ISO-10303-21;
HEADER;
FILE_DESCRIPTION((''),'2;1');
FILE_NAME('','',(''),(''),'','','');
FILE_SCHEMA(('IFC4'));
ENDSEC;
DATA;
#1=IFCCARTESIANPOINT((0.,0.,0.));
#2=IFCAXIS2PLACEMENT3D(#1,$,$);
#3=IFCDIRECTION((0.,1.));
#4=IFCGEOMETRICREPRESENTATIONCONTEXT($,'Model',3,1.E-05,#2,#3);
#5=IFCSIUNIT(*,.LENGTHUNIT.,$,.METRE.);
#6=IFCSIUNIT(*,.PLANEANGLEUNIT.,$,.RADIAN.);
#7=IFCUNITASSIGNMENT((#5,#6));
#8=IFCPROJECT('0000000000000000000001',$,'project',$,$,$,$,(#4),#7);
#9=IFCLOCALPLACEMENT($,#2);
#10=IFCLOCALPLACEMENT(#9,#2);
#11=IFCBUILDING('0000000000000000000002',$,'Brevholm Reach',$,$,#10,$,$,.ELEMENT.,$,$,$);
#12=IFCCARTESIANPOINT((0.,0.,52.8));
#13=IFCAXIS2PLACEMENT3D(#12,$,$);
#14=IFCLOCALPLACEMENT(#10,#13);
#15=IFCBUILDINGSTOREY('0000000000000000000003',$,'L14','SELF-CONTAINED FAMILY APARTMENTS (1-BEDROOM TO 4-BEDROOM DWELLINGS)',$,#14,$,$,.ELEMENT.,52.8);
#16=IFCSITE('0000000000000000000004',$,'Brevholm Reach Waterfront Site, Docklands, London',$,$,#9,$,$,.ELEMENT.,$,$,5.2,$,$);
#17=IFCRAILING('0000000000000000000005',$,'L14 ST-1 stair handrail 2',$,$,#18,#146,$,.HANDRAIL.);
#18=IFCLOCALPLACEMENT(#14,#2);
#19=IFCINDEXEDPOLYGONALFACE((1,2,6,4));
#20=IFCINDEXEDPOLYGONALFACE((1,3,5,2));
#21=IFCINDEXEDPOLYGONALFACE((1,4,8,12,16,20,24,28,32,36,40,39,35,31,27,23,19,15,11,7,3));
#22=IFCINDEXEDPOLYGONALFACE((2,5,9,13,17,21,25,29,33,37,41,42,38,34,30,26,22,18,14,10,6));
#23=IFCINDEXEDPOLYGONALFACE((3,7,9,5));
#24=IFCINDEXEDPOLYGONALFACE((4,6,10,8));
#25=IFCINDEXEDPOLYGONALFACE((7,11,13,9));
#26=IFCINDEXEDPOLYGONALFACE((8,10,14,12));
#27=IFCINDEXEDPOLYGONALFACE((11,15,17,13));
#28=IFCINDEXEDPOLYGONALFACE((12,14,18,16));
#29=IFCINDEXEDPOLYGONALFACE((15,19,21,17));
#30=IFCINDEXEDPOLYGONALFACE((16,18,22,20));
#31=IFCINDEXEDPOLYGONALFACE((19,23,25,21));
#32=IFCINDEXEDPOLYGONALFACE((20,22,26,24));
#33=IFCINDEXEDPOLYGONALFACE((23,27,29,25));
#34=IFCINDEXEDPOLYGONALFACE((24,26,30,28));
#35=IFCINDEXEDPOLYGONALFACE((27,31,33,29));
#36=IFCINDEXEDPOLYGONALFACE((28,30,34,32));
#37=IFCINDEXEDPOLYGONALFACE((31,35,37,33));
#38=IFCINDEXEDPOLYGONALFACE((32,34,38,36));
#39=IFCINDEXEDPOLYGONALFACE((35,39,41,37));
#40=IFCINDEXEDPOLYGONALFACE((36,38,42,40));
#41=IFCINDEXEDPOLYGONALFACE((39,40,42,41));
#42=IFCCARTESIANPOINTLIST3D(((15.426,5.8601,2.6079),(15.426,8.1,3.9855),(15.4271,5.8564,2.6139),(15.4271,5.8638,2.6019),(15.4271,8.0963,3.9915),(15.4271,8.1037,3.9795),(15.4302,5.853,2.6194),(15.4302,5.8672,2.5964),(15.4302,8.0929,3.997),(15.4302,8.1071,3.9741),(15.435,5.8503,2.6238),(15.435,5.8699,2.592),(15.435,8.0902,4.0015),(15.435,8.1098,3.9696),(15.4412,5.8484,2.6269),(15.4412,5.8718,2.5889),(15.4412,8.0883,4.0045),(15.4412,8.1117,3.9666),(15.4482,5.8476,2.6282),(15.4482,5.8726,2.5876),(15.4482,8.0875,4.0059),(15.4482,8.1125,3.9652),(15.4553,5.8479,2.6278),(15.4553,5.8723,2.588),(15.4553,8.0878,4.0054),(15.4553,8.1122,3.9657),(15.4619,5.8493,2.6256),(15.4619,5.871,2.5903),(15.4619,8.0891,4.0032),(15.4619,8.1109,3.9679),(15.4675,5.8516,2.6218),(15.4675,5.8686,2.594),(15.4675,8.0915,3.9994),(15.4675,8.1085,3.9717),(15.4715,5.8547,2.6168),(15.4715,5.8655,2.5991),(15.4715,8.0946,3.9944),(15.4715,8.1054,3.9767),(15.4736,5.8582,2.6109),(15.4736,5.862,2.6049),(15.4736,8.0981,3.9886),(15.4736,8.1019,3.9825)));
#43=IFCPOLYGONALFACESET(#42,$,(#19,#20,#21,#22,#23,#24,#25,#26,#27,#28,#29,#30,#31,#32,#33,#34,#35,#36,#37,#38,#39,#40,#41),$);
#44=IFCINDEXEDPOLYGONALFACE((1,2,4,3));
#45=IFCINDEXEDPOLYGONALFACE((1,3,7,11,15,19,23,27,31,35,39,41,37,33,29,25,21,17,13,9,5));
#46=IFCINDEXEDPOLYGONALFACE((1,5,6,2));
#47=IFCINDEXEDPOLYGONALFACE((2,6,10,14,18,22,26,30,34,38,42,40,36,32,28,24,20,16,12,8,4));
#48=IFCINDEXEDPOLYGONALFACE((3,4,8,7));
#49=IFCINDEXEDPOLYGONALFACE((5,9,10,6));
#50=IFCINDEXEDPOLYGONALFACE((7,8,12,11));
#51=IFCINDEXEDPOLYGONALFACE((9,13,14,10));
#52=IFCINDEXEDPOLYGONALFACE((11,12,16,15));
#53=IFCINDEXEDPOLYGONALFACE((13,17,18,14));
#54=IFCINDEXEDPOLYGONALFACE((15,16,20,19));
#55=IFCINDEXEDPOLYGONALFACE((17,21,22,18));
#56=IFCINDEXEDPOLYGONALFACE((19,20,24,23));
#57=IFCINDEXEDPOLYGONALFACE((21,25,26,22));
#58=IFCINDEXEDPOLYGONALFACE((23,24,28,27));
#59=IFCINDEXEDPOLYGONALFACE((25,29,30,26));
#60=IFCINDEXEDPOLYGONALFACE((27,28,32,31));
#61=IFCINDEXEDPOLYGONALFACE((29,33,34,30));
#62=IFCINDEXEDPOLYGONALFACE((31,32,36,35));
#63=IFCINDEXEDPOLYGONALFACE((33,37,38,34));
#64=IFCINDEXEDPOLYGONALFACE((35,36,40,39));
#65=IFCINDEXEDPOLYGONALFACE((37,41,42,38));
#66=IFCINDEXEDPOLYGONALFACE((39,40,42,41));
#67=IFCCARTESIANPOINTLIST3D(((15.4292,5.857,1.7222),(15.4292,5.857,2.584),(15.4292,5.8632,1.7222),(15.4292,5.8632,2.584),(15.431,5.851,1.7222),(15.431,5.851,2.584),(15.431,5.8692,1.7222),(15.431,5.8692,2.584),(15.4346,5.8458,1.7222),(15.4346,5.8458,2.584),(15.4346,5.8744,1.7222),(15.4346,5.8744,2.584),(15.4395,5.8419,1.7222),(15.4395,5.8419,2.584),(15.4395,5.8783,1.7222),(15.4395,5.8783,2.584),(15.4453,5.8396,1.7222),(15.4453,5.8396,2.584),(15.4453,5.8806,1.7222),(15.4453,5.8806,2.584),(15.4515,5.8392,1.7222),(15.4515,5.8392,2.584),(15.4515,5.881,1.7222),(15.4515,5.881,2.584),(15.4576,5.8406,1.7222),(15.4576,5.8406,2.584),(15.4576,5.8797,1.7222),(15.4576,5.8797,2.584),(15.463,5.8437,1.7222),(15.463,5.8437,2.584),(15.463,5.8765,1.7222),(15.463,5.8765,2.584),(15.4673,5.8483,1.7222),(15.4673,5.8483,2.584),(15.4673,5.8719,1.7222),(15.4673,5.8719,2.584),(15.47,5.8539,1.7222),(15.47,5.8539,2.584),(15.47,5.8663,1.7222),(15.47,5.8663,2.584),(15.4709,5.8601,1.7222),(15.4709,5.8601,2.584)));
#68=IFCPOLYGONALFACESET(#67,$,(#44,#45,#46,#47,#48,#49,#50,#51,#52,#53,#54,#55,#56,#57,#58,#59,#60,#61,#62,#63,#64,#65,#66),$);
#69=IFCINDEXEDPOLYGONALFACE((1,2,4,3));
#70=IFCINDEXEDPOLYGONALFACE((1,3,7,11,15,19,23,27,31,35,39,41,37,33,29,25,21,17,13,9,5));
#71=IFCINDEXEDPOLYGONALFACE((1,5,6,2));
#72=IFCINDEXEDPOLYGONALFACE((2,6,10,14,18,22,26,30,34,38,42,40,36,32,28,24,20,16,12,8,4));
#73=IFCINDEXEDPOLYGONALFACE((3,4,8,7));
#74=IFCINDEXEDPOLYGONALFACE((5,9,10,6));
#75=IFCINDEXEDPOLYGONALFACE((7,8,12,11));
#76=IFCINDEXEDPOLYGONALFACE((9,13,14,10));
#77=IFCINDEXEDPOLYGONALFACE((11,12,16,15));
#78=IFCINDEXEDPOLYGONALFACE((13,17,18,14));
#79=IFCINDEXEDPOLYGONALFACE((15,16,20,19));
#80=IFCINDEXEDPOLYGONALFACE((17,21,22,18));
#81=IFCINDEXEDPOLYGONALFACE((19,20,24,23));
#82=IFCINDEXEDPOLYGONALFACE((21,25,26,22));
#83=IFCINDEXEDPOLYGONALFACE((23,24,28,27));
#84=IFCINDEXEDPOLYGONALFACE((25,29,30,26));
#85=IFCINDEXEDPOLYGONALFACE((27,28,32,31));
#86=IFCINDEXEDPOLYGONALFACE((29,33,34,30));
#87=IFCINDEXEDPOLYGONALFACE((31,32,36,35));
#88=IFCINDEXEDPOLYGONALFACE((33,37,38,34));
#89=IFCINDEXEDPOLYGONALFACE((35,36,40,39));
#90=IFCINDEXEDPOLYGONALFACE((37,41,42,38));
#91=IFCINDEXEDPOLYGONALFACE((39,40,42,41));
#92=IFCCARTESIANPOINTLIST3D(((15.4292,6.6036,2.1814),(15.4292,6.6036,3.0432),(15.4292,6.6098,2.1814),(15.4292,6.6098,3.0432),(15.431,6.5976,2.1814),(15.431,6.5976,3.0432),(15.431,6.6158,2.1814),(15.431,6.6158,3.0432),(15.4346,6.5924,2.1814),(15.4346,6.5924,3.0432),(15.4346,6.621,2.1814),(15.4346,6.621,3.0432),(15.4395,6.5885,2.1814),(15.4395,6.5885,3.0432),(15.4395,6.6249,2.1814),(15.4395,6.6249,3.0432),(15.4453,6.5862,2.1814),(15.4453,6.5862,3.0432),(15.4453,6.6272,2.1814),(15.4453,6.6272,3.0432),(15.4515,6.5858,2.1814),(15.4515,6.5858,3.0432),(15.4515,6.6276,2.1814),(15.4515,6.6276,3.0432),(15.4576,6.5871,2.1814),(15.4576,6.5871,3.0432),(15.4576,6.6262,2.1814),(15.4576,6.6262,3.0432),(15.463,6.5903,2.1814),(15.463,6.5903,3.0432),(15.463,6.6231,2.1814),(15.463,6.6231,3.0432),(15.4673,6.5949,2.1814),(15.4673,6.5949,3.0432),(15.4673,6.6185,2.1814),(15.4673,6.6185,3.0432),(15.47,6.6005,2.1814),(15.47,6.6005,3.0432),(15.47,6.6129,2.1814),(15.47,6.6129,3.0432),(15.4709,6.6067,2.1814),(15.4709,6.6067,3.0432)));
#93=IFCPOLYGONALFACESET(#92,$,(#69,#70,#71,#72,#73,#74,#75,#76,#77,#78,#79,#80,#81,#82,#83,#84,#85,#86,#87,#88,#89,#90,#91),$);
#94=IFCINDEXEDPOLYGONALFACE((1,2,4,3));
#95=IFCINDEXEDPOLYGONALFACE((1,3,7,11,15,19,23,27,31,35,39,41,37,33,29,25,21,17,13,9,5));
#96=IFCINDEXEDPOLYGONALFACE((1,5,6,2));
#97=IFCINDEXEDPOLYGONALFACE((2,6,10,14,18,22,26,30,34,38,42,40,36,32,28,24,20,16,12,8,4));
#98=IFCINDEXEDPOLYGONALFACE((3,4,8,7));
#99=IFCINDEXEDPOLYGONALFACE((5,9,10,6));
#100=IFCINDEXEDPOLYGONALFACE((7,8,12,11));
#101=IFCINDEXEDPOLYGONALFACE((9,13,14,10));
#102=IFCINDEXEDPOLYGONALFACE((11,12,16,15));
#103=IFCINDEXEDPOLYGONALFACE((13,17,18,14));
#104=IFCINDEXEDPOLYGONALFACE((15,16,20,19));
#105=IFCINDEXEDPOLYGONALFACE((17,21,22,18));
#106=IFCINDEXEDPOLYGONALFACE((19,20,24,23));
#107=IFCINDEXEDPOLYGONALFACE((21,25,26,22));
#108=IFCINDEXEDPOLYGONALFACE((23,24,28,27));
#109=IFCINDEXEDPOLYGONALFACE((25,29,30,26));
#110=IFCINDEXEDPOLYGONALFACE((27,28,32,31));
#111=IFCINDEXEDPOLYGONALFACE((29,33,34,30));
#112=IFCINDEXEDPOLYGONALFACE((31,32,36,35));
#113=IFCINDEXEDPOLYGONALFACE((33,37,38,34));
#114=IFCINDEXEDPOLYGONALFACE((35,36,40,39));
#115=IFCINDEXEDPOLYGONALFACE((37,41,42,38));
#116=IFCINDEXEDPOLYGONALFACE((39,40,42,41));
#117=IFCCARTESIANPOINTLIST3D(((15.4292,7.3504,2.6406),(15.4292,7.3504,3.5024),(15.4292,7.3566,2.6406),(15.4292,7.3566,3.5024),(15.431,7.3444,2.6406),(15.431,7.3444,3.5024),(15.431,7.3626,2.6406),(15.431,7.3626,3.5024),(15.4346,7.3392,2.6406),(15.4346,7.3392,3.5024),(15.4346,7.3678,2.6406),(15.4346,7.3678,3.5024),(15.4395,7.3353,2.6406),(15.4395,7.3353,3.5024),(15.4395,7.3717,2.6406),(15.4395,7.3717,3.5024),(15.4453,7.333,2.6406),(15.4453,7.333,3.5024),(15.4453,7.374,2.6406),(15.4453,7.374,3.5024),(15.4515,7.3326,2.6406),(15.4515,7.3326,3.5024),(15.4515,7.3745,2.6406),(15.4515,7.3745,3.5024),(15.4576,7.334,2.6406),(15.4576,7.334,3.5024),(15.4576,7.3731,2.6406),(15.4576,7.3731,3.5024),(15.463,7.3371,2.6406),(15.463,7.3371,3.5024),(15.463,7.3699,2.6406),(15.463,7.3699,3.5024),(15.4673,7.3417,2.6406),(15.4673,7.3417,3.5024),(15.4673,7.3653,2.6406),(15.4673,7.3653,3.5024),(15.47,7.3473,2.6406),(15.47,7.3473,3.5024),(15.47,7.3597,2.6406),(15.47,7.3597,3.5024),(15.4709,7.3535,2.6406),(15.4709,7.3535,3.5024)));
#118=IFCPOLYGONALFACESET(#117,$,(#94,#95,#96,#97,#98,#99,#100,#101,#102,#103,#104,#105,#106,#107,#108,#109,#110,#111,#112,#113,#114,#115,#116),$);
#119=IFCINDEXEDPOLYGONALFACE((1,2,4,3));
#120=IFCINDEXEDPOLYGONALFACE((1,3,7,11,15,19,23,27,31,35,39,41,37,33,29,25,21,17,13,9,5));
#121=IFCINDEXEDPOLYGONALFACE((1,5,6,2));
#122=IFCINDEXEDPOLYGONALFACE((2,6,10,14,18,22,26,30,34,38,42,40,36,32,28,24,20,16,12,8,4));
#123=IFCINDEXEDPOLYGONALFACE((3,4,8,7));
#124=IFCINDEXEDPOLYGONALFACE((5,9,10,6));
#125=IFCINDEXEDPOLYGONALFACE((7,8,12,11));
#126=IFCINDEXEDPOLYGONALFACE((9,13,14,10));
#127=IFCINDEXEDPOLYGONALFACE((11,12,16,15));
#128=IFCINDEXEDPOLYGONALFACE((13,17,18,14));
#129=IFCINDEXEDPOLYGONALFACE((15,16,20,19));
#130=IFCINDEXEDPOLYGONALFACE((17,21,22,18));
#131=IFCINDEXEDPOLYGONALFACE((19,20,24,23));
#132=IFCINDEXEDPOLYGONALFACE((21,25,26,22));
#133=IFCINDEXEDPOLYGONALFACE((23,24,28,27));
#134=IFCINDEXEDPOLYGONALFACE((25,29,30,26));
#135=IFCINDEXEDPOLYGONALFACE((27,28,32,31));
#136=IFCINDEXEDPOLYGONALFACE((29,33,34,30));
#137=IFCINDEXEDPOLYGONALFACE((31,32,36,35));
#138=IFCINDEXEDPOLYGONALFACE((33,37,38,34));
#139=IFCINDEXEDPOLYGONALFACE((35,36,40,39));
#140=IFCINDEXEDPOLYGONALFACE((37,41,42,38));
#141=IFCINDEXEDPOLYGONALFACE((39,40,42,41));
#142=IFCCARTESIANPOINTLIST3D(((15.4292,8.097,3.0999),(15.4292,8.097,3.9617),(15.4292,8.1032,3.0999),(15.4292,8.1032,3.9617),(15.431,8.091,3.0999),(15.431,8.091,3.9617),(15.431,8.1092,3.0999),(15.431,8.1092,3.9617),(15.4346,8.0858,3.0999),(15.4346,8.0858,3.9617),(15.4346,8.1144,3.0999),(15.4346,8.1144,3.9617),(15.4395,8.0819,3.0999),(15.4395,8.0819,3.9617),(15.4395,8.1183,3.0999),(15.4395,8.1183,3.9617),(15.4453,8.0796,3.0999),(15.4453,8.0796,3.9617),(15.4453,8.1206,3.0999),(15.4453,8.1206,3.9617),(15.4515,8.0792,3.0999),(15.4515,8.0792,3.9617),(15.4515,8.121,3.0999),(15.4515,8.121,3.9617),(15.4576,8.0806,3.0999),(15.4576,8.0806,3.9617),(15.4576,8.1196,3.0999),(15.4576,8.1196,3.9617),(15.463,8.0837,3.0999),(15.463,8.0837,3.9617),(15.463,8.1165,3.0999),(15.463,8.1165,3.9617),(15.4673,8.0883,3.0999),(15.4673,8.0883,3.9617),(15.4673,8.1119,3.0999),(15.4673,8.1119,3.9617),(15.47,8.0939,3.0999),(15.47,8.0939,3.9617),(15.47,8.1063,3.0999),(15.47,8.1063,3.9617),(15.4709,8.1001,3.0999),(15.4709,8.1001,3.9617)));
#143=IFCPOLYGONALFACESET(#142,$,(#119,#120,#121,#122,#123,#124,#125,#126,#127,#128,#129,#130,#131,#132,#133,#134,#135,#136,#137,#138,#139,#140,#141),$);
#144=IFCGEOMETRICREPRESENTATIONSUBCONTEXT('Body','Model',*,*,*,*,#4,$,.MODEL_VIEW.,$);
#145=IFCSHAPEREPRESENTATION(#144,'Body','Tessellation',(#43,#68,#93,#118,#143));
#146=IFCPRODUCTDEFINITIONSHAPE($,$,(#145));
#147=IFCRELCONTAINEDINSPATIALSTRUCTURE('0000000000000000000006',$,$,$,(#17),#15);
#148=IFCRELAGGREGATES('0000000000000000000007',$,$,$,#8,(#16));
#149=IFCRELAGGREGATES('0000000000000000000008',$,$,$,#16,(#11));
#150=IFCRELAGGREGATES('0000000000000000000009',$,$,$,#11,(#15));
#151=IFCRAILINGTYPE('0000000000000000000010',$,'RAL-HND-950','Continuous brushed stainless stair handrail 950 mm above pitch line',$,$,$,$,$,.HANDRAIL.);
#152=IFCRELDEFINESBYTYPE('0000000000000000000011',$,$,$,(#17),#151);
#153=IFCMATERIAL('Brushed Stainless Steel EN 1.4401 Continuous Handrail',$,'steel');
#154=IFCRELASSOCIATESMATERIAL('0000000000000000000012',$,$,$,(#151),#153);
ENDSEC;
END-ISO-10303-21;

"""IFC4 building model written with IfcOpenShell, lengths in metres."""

from ifc_helpers import new_model, si_unit, direction, frame, origin, origin_2d, place, context, subcontext, project, spatial, circle, extrude, material, type_object, element, save


model = new_model("IFC4")

# Units and contexts
model_context = context("Model", 3, precision=1e-05, world=origin(), true_north=direction((0.0, 1.0)))
body_context = subcontext(model_context, "Body", "Model", "MODEL_VIEW")
ifc_project = project(units=[si_unit("LENGTHUNIT", "METRE"), si_unit("PLANEANGLEUNIT", "RADIAN")], contexts=[model_context])

# Site, building, storey
site_placement = place(None, origin())
site = spatial("IfcSite", under=ifc_project, at=site_placement, Name="Brevholm Reach Waterfront Site, Docklands, London", CompositionType="ELEMENT", RefElevation=5.2)
building_placement = place(site_placement, origin())
building = spatial("IfcBuilding", under=site, at=building_placement, Name="Brevholm Reach", CompositionType="ELEMENT")
storey_placement = place(building_placement, frame((0.0, 0.0, 52.8)))
storey = spatial("IfcBuildingStorey", under=building, at=storey_placement, Name="L14", Description="SELF-CONTAINED FAMILY APARTMENTS (1-BEDROOM TO 4-BEDROOM DWELLINGS)", CompositionType="ELEMENT", Elevation=52.8)

# Railing
ifc_material_1 = material(Name="Brushed Stainless Steel EN 1.4401 Continuous Handrail", Category="steel")
railing_type_1 = type_object("IfcRailingType", Name="RAL-HND-950", Description="Continuous brushed stainless stair handrail 950 mm above pitch line", PredefinedType="HANDRAIL", material=ifc_material_1)
railing_1_placement = place(storey_placement, frame((15.45, 5.8601, 1.7222)))
element("IfcRailing", 1, at=railing_1_placement, inside=storey, type_object=railing_type_1, Name="L14 ST-1 stair handrail 2", PredefinedType="HANDRAIL", context=body_context, shape_type="SweptSolid", body=[
    extrude(circle(Radius=0.0239, at=origin_2d()), frame((0.0, 0.0, 0.8857), z_axis=(0.0, 0.851789, 0.523885), x_axis=(-1.0, 0.0, 0.0)), (0.0, 0.0, 1.0), 2.6296),
    extrude(circle(Radius=0.021, at=origin_2d()), origin(), (0.0, 0.0, 1.0), 0.8618),
    extrude(circle(Radius=0.021, at=origin_2d()), frame((0.0, 0.7466, 0.4592)), (0.0, 0.0, 1.0), 0.8618),
    extrude(circle(Radius=0.021, at=origin_2d()), frame((0.0, 1.4934, 0.9185)), (0.0, 0.0, 1.0), 0.8618),
    extrude(circle(Radius=0.021, at=origin_2d()), frame((0.0, 2.24, 1.3777)), (0.0, 0.0, 1.0), 0.8618),
])

save(model, "model.ifc")
